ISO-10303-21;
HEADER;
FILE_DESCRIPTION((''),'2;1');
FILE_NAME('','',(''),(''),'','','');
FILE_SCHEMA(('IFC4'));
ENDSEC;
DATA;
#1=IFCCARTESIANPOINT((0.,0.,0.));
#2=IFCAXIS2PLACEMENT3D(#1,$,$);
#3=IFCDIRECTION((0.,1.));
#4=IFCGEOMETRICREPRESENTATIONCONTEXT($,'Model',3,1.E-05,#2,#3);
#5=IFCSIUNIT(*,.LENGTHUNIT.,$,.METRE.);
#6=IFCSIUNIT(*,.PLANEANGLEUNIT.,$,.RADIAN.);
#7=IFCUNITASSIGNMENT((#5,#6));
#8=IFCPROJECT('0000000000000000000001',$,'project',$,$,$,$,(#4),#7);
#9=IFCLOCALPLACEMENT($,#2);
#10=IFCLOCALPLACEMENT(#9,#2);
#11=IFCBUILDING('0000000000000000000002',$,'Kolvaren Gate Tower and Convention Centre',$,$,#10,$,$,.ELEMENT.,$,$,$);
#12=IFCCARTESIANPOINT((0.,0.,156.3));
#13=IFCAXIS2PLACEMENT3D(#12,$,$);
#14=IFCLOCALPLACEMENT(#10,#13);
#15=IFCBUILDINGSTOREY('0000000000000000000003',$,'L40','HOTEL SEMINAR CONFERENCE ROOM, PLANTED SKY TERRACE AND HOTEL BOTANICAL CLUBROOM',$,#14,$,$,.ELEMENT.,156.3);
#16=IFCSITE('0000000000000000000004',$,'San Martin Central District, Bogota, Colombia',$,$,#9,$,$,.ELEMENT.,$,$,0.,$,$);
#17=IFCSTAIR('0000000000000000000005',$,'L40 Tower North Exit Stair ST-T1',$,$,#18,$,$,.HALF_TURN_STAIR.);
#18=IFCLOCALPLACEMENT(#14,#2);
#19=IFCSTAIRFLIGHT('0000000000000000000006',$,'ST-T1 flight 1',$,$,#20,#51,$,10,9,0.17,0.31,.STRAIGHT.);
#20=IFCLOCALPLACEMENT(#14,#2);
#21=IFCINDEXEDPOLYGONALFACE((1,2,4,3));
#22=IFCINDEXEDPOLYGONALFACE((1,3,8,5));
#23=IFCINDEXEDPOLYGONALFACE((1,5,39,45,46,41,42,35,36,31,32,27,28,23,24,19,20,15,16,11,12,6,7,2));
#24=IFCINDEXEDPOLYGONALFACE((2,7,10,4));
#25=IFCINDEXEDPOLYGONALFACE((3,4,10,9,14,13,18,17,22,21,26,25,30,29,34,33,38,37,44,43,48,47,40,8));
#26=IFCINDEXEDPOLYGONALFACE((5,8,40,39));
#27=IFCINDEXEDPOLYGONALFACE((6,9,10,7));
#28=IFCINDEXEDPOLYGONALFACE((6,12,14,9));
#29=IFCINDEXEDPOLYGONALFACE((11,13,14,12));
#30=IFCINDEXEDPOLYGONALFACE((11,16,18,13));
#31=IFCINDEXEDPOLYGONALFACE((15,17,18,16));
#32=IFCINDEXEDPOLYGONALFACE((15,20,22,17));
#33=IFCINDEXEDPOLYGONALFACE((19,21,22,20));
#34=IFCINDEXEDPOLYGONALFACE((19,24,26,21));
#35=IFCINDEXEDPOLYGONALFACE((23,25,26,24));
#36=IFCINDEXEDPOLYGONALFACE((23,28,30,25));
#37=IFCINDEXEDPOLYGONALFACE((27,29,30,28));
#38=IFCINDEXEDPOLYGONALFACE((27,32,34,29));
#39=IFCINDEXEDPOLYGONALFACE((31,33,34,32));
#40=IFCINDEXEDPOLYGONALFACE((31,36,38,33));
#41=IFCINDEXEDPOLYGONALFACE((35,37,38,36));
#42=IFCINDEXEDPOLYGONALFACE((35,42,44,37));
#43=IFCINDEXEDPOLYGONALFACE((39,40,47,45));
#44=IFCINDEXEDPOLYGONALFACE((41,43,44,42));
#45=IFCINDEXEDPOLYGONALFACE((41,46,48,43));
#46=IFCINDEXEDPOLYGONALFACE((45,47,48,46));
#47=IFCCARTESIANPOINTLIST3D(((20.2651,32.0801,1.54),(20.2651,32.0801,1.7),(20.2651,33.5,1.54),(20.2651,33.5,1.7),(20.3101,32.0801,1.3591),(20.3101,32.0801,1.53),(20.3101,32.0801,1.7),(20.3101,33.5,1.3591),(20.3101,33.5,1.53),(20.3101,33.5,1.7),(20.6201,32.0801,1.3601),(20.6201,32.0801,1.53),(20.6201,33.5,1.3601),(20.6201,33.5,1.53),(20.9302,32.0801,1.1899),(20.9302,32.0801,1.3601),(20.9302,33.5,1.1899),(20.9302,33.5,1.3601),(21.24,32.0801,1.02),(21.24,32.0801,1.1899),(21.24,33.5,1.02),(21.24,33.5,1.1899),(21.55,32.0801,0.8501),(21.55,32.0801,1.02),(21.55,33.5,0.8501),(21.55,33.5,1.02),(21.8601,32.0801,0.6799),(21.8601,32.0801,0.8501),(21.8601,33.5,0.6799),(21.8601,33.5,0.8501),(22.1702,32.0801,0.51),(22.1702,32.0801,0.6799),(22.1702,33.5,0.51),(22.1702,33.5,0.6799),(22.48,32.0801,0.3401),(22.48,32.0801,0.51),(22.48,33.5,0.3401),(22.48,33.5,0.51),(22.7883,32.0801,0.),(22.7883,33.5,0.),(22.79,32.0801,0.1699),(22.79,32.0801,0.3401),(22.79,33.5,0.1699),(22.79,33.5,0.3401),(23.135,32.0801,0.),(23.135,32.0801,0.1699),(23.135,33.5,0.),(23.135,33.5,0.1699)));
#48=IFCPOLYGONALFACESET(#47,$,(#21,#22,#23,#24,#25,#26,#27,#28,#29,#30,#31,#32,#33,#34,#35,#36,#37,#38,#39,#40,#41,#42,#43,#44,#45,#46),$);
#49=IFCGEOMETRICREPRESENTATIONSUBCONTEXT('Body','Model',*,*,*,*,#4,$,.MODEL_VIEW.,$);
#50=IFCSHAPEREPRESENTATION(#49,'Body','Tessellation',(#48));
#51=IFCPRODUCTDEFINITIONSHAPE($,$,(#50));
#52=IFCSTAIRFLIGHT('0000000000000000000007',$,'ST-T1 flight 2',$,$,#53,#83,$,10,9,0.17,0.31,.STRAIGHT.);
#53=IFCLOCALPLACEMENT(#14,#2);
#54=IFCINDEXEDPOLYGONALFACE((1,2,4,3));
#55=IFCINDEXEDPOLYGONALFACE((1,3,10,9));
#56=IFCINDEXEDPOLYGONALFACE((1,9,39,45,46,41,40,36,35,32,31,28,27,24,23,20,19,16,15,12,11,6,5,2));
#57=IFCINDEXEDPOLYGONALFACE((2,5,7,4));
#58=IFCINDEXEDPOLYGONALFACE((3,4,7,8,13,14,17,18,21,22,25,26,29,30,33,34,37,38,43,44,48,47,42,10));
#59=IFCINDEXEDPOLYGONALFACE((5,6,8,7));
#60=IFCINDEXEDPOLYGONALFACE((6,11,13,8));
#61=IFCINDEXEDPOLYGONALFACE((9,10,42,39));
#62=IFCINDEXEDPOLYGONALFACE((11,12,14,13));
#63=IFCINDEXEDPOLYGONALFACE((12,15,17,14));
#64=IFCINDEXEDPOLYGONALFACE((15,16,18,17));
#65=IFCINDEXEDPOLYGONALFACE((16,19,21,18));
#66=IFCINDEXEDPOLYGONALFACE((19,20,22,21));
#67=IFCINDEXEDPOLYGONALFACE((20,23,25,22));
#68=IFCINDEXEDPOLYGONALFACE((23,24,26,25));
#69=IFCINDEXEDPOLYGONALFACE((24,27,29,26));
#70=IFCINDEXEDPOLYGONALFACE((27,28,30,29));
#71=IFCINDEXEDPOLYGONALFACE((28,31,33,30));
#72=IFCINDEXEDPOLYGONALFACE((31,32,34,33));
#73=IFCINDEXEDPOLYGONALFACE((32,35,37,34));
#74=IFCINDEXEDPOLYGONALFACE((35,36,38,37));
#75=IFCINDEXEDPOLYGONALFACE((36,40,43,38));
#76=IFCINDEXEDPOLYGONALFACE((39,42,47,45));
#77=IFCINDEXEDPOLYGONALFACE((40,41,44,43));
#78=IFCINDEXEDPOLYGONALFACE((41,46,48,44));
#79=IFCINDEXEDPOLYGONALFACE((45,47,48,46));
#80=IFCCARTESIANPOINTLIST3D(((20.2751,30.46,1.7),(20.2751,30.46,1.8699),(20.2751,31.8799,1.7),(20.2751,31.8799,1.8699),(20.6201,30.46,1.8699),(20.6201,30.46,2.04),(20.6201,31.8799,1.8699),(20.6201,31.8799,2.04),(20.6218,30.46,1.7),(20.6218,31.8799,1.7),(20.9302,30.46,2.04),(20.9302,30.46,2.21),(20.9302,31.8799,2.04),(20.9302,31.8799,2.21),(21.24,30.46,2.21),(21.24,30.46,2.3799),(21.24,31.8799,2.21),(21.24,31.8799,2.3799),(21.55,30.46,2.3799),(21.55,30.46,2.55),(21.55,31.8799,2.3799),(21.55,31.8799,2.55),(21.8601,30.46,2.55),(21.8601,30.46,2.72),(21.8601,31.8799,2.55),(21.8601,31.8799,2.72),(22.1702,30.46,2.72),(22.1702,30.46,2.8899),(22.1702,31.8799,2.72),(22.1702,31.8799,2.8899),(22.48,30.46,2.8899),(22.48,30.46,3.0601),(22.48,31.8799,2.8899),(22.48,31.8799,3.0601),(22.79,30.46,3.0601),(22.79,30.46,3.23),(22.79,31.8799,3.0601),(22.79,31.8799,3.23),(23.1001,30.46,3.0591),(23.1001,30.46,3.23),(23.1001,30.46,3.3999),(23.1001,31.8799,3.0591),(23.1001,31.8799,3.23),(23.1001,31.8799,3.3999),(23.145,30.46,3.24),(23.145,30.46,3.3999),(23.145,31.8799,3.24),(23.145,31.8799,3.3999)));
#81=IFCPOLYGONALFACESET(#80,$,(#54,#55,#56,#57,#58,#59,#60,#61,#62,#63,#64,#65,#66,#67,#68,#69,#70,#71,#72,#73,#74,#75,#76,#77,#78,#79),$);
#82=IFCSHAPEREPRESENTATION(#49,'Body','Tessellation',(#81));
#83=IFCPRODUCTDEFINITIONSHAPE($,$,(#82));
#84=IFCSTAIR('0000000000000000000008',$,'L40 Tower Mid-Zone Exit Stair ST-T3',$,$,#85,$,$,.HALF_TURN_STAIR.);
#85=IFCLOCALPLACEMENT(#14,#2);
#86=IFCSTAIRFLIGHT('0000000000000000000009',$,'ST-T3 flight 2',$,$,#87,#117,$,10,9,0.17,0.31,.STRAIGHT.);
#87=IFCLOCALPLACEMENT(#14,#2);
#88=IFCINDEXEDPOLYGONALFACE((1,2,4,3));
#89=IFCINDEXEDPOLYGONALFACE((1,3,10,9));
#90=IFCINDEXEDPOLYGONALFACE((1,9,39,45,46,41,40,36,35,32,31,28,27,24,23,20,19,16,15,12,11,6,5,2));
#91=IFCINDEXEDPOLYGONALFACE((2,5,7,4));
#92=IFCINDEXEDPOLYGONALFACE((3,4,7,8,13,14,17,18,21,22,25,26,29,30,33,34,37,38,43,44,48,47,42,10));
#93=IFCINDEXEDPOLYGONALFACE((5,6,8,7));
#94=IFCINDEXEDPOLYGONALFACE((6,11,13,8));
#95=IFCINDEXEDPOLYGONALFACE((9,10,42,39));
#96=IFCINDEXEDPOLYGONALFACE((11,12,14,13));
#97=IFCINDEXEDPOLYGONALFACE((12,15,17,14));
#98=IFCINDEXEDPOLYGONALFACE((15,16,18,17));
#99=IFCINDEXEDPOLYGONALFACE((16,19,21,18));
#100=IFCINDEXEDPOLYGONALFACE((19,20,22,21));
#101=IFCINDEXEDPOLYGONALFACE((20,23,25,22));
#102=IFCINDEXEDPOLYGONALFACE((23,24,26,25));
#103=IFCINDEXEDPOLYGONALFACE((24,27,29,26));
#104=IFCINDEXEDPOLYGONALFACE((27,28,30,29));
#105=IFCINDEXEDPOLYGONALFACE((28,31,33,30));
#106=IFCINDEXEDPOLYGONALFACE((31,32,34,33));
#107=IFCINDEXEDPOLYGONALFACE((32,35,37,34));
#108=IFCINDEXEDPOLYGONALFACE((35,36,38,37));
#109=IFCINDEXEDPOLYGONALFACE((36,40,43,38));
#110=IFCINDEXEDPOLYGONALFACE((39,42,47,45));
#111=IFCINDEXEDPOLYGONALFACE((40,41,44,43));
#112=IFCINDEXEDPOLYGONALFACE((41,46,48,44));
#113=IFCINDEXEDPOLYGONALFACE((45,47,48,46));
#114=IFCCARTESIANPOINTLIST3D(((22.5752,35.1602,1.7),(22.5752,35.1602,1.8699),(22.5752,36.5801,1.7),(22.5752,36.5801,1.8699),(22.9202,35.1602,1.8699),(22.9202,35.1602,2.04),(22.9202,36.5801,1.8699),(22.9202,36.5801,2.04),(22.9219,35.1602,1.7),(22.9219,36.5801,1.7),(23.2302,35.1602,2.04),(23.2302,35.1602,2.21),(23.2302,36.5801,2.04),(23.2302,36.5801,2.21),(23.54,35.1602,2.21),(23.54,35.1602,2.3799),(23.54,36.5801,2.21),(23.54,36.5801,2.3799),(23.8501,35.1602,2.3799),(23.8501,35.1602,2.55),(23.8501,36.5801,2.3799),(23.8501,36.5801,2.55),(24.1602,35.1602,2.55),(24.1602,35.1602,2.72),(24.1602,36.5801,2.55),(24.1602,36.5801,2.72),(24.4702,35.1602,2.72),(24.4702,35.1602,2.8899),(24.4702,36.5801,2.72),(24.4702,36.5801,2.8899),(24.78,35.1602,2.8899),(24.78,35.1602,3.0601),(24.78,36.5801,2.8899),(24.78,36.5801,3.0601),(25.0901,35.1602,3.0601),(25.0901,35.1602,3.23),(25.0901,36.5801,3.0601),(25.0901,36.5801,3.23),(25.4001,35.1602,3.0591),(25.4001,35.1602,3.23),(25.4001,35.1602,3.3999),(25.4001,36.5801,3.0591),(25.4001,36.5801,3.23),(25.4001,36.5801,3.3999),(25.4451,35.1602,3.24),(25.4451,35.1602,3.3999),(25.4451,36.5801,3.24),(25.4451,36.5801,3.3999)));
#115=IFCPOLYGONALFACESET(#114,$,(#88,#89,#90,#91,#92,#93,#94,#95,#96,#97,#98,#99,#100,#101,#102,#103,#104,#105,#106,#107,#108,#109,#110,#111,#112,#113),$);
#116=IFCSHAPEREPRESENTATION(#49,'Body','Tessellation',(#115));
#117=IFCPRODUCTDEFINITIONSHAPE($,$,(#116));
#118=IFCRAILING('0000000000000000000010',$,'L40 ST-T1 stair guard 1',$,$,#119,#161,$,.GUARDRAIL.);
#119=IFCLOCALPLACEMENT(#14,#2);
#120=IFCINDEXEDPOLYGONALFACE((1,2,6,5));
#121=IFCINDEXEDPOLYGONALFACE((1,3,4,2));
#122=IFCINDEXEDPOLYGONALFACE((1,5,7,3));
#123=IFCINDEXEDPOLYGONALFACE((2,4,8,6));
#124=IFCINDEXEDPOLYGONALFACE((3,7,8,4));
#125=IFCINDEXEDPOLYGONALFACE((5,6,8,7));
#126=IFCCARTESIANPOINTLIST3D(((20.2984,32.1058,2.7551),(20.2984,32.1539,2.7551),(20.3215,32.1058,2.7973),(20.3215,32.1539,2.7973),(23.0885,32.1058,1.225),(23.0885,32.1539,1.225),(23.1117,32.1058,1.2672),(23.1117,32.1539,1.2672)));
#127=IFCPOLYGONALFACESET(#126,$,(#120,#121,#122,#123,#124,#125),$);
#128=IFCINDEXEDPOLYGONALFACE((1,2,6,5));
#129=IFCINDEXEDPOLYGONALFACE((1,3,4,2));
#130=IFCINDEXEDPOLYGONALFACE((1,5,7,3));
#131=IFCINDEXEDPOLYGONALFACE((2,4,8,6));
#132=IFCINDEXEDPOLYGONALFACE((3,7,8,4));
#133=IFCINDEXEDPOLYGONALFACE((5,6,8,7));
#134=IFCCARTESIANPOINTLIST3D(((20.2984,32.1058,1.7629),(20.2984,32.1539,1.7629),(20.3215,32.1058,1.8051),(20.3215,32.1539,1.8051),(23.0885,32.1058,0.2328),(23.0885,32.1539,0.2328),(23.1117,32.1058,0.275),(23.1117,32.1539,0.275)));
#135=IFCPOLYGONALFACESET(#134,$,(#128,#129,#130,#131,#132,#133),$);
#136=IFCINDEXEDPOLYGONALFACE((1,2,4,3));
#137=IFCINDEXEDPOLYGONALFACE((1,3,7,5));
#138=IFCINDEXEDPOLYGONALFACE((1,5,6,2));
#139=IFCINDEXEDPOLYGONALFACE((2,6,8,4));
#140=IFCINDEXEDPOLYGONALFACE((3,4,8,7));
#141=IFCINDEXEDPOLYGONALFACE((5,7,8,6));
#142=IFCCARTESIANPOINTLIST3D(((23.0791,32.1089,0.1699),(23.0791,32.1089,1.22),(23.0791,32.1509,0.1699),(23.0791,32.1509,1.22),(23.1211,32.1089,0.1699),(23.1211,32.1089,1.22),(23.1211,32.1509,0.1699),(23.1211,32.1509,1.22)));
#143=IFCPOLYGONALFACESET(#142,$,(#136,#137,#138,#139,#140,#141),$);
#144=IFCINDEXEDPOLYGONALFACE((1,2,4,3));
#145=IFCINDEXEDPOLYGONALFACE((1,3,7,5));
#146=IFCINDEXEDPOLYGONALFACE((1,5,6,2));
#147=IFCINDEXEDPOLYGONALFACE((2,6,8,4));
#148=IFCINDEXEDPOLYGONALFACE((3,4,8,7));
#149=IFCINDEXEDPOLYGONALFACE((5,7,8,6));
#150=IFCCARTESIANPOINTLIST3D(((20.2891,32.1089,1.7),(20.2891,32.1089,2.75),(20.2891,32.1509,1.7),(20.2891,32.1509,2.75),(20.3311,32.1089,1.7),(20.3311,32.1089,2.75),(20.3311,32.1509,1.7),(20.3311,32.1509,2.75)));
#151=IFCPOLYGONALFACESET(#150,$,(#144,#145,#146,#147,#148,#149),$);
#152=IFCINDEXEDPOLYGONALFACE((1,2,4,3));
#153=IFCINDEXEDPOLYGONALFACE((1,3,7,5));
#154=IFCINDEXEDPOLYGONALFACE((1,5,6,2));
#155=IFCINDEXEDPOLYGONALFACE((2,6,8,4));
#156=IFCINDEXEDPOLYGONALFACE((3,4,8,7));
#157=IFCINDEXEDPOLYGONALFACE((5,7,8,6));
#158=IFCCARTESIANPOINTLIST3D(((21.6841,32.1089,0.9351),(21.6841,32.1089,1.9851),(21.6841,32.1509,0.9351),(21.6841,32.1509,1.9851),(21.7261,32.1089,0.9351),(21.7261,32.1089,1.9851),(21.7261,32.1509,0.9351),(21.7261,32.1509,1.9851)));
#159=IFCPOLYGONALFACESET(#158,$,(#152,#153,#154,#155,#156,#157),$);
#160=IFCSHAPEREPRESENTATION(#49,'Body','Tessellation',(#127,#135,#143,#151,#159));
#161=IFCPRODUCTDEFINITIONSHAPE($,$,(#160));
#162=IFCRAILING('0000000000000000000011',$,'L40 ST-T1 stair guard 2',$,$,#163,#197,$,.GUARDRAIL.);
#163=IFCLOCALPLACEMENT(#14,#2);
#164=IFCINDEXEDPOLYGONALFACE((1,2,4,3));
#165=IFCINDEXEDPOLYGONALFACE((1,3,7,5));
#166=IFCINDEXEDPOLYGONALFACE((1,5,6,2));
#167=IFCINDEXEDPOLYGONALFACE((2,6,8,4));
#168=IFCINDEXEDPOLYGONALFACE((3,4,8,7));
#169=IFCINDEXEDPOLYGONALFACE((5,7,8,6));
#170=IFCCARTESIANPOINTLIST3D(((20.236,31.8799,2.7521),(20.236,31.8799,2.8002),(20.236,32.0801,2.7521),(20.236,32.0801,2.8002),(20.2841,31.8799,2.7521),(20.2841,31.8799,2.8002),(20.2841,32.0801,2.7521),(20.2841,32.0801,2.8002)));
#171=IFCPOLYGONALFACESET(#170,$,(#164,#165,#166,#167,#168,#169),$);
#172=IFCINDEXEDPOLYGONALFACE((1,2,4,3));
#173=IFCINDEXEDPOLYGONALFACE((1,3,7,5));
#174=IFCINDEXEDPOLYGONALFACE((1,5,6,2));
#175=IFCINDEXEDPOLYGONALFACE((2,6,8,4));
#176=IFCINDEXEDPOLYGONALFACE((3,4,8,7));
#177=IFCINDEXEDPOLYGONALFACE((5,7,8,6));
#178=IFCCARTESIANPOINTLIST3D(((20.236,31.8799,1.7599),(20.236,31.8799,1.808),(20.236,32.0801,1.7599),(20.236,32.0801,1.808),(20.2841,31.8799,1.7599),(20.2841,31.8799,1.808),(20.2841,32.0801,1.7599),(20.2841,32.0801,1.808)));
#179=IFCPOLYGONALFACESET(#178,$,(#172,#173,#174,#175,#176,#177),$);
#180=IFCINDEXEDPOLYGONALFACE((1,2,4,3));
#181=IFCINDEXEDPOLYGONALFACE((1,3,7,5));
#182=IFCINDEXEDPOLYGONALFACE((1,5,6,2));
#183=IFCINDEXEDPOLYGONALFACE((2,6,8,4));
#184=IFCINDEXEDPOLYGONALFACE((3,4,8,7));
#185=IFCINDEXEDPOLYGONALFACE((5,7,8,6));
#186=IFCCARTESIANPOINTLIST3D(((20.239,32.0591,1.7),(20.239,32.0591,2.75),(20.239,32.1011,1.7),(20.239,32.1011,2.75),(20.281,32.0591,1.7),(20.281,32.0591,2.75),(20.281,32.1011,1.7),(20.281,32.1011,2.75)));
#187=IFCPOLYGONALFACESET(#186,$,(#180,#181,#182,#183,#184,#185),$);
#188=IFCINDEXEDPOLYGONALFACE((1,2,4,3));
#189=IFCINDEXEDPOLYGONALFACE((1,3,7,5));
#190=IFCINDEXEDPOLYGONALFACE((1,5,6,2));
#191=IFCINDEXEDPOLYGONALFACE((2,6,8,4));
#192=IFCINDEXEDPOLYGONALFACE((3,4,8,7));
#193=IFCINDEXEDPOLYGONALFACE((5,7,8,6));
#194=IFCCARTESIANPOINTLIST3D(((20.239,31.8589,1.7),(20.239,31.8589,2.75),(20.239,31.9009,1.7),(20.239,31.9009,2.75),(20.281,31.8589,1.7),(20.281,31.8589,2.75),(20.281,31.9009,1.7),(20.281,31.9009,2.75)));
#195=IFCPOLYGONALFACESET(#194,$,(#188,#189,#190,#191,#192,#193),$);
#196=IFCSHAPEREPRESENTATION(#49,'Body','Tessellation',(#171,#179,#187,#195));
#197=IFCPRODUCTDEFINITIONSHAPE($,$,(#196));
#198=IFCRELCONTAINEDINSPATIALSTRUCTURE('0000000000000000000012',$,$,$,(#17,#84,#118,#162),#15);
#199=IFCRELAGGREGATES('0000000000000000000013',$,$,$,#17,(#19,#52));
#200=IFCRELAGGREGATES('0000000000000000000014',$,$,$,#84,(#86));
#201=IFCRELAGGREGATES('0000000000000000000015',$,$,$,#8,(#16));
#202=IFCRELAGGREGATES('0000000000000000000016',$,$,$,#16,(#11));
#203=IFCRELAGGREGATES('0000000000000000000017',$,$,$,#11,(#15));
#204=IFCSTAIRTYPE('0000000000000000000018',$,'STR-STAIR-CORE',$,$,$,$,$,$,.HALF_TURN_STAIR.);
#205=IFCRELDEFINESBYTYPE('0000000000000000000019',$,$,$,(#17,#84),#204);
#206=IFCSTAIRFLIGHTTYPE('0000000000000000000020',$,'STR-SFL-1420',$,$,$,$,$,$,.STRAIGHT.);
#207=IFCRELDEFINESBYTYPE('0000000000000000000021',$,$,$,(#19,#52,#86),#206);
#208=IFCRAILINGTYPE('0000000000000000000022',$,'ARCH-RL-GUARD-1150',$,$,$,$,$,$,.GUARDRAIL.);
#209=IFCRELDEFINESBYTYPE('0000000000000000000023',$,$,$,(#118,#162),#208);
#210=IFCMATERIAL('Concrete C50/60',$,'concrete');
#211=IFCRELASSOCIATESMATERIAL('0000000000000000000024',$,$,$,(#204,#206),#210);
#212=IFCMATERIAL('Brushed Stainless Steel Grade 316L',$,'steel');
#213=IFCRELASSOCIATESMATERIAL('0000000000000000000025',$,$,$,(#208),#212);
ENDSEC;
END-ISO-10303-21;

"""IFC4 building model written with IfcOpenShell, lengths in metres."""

from ifc_helpers import new_model, si_unit, direction, frame, origin, origin_2d, place, context, subcontext, project, spatial, polyline, rectangle, outline, extrude, material, type_object, element, aggregate, save


model = new_model("IFC4")

# Units and contexts
model_context = context("Model", 3, precision=1e-05, world=origin(), true_north=direction((0.0, 1.0)))
body_context = subcontext(model_context, "Body", "Model", "MODEL_VIEW")
ifc_project = project(units=[si_unit("LENGTHUNIT", "METRE"), si_unit("PLANEANGLEUNIT", "RADIAN")], contexts=[model_context])

# Site, building, storey
site_placement = place(None, origin())
site = spatial("IfcSite", under=ifc_project, at=site_placement, Name="San Martin Central District, Bogota, Colombia", CompositionType="ELEMENT", RefElevation=0.0)
building_placement = place(site_placement, origin())
building = spatial("IfcBuilding", under=site, at=building_placement, Name="Kolvaren Gate Tower and Convention Centre", CompositionType="ELEMENT")
storey_placement = place(building_placement, frame((0.0, 0.0, 156.3)))
storey = spatial("IfcBuildingStorey", under=building, at=storey_placement, Name="L40", Description="HOTEL SEMINAR CONFERENCE ROOM, PLANTED SKY TERRACE AND HOTEL BOTANICAL CLUBROOM", CompositionType="ELEMENT", Elevation=156.3)

# Shared definitions
ifc_material_1 = material(Name="Brushed Stainless Steel Grade 316L", Category="steel")

# Shared definitions
ifc_material_2 = material(Name="Concrete C50/60", Category="concrete")

# Stair, stair flights
stair_type = type_object("IfcStairType", Name="STR-STAIR-CORE", PredefinedType="HALF_TURN_STAIR", material=ifc_material_2)
stair_1_placement = place(storey_placement, origin())
stair_1 = element("IfcStair", 1, at=stair_1_placement, inside=storey, type_object=stair_type, Name="L40 Tower North Exit Stair ST-T1", PredefinedType="HALF_TURN_STAIR")
stair_flight_type = type_object("IfcStairFlightType", Name="STR-SFL-1420", PredefinedType="STRAIGHT", material=ifc_material_2)
stair_flight_1_placement = place(storey_placement, frame((23.1001, 32.79, 0.0), z_axis=(0.0, 0.0, 1.0), x_axis=(-1.0, 0.0, 0.0)))
stair_flight_1 = element("IfcStairFlight", 2, at=stair_flight_1_placement, type_object=stair_flight_type, Name="ST-T1 flight 1", NumberOfRisers=10, NumberOfTreads=9, PredefinedType="STRAIGHT", RiserHeight=0.17, TreadLength=0.31, context=body_context, shape_type="SweptSolid", body=[
    extrude(outline(polyline([(-0.0349, 0.0), (-0.0349, 0.1699), (0.3101, 0.1699), (0.3101, 0.3401), (0.6201, 0.3401), (0.6201, 0.51), (0.9299, 0.51), (0.9299, 0.6799), (1.24, 0.6799), (1.24, 0.8501), (1.55, 0.8501), (1.55, 1.02), (1.8601, 1.02), (1.8601, 1.1899), (2.1699, 1.1899), (2.1699, 1.3601), (2.48, 1.3601), (2.48, 1.53), (2.79, 1.53), (2.79, 1.7), (2.835, 1.7), (2.835, 1.54), (2.79, 1.3591), (0.3118, 0.0), (-0.0349, 0.0)])), frame((0.0, 0.71, 0.0), z_axis=(0.0, -1.0, 0.0), x_axis=(1.0, 0.0, 0.0)), (0.0, 0.0, 1.0), 1.4199),
])
stair_flight_2_placement = place(storey_placement, frame((20.3101, 31.1699, 1.7), z_axis=(0.0, 0.0, 1.0), x_axis=(1.0, 0.0, 0.0)))
stair_flight_2 = element("IfcStairFlight", 3, at=stair_flight_2_placement, type_object=stair_flight_type, Name="ST-T1 flight 2", NumberOfRisers=10, NumberOfTreads=9, PredefinedType="STRAIGHT", RiserHeight=0.17, TreadLength=0.31, context=body_context, shape_type="SweptSolid", body=[
    extrude(outline(polyline([(-0.0349, 0.0), (-0.0349, 0.1699), (0.3101, 0.1699), (0.3101, 0.3401), (0.6201, 0.3401), (0.6201, 0.51), (0.9299, 0.51), (0.9299, 0.6799), (1.24, 0.6799), (1.24, 0.8501), (1.55, 0.8501), (1.55, 1.02), (1.8601, 1.02), (1.8601, 1.1899), (2.1699, 1.1899), (2.1699, 1.3601), (2.48, 1.3601), (2.48, 1.53), (2.79, 1.53), (2.79, 1.7), (2.835, 1.7), (2.835, 1.54), (2.79, 1.3591), (0.3118, 0.0), (-0.0349, 0.0)])), frame((0.0, 0.71, 0.0), z_axis=(0.0, -1.0, 0.0), x_axis=(1.0, 0.0, 0.0)), (0.0, 0.0, 1.0), 1.4199),
])
aggregate(stair_1, [stair_flight_1, stair_flight_2])

# Stair, stair flight
stair_2_placement = place(storey_placement, origin())
stair_2 = element("IfcStair", 4, at=stair_2_placement, inside=storey, type_object=stair_type, Name="L40 Tower Mid-Zone Exit Stair ST-T3", PredefinedType="HALF_TURN_STAIR")
stair_flight_3_placement = place(storey_placement, frame((22.6101, 35.8701, 1.7), z_axis=(0.0, 0.0, 1.0), x_axis=(1.0, 0.0, 0.0)))
stair_flight_3 = element("IfcStairFlight", 5, at=stair_flight_3_placement, type_object=stair_flight_type, Name="ST-T3 flight 2", NumberOfRisers=10, NumberOfTreads=9, PredefinedType="STRAIGHT", RiserHeight=0.17, TreadLength=0.31, context=body_context, shape_type="SweptSolid", body=[
    extrude(outline(polyline([(-0.0349, 0.0), (-0.0349, 0.1699), (0.3101, 0.1699), (0.3101, 0.3401), (0.6201, 0.3401), (0.6201, 0.51), (0.9299, 0.51), (0.9299, 0.6799), (1.24, 0.6799), (1.24, 0.8501), (1.55, 0.8501), (1.55, 1.02), (1.8601, 1.02), (1.8601, 1.1899), (2.1699, 1.1899), (2.1699, 1.3601), (2.48, 1.3601), (2.48, 1.53), (2.79, 1.53), (2.79, 1.7), (2.835, 1.7), (2.835, 1.54), (2.79, 1.3591), (0.3118, 0.0), (-0.0349, 0.0)])), frame((0.0, 0.71, 0.0), z_axis=(0.0, -1.0, 0.0), x_axis=(1.0, 0.0, 0.0)), (0.0, 0.0, 1.0), 1.4199),
])
aggregate(stair_2, [stair_flight_3])

# Railings
railing_type_1 = type_object("IfcRailingType", Name="ARCH-RL-GUARD-1150", PredefinedType="GUARDRAIL", material=ifc_material_1)
railing_1_placement = place(storey_placement, frame((23.1001, 32.1299, 0.1699)))
element("IfcRailing", 6, at=railing_1_placement, inside=storey, type_object=railing_type_1, Name="L40 ST-T1 stair guard 1", PredefinedType="GUARDRAIL", context=body_context, shape_type="SweptSolid", body=[
    extrude(rectangle(XDim=0.0481, YDim=0.0481, at=origin_2d()), frame((0.0, 0.0, 1.0762), z_axis=(-0.876811, 0.0, 0.480835), x_axis=(0.0, -1.0, 0.0)), (0.0, 0.0, 1.0), 3.1821),
    extrude(rectangle(XDim=0.0481, YDim=0.0481, at=origin_2d()), frame((0.0, 0.0, 0.084), z_axis=(-0.876811, 0.0, 0.480835), x_axis=(0.0, -1.0, 0.0)), (0.0, 0.0, 1.0), 3.1821),
    extrude(rectangle(XDim=0.042, YDim=0.042, at=origin_2d()), origin(), (0.0, 0.0, 1.0), 1.05),
    extrude(rectangle(XDim=0.042, YDim=0.042, at=origin_2d()), frame((-2.79, 0.0, 1.53)), (0.0, 0.0, 1.0), 1.05),
    extrude(rectangle(XDim=0.042, YDim=0.042, at=origin_2d()), frame((-1.395, 0.0, 0.7651)), (0.0, 0.0, 1.0), 1.05),
])
railing_2_placement = place(storey_placement, frame((20.26, 32.0801, 1.7)))
element("IfcRailing", 7, at=railing_2_placement, inside=storey, type_object=railing_type_1, Name="L40 ST-T1 stair guard 2", PredefinedType="GUARDRAIL", context=body_context, shape_type="SweptSolid", body=[
    extrude(rectangle(XDim=0.0481, YDim=0.0481, at=origin_2d()), frame((0.0, 0.0, 1.0762), z_axis=(0.0, -1.0, 0.0), x_axis=(1.0, 0.0, 0.0)), (0.0, 0.0, 1.0), 0.2002),
    extrude(rectangle(XDim=0.0481, YDim=0.0481, at=origin_2d()), frame((0.0, 0.0, 0.084), z_axis=(0.0, -1.0, 0.0), x_axis=(1.0, 0.0, 0.0)), (0.0, 0.0, 1.0), 0.2002),
    extrude(rectangle(XDim=0.042, YDim=0.042, at=origin_2d()), origin(), (0.0, 0.0, 1.0), 1.05),
    extrude(rectangle(XDim=0.042, YDim=0.042, at=origin_2d()), frame((0.0, -0.2002, 0.0)), (0.0, 0.0, 1.0), 1.05),
])

save(model, "model.ifc")
